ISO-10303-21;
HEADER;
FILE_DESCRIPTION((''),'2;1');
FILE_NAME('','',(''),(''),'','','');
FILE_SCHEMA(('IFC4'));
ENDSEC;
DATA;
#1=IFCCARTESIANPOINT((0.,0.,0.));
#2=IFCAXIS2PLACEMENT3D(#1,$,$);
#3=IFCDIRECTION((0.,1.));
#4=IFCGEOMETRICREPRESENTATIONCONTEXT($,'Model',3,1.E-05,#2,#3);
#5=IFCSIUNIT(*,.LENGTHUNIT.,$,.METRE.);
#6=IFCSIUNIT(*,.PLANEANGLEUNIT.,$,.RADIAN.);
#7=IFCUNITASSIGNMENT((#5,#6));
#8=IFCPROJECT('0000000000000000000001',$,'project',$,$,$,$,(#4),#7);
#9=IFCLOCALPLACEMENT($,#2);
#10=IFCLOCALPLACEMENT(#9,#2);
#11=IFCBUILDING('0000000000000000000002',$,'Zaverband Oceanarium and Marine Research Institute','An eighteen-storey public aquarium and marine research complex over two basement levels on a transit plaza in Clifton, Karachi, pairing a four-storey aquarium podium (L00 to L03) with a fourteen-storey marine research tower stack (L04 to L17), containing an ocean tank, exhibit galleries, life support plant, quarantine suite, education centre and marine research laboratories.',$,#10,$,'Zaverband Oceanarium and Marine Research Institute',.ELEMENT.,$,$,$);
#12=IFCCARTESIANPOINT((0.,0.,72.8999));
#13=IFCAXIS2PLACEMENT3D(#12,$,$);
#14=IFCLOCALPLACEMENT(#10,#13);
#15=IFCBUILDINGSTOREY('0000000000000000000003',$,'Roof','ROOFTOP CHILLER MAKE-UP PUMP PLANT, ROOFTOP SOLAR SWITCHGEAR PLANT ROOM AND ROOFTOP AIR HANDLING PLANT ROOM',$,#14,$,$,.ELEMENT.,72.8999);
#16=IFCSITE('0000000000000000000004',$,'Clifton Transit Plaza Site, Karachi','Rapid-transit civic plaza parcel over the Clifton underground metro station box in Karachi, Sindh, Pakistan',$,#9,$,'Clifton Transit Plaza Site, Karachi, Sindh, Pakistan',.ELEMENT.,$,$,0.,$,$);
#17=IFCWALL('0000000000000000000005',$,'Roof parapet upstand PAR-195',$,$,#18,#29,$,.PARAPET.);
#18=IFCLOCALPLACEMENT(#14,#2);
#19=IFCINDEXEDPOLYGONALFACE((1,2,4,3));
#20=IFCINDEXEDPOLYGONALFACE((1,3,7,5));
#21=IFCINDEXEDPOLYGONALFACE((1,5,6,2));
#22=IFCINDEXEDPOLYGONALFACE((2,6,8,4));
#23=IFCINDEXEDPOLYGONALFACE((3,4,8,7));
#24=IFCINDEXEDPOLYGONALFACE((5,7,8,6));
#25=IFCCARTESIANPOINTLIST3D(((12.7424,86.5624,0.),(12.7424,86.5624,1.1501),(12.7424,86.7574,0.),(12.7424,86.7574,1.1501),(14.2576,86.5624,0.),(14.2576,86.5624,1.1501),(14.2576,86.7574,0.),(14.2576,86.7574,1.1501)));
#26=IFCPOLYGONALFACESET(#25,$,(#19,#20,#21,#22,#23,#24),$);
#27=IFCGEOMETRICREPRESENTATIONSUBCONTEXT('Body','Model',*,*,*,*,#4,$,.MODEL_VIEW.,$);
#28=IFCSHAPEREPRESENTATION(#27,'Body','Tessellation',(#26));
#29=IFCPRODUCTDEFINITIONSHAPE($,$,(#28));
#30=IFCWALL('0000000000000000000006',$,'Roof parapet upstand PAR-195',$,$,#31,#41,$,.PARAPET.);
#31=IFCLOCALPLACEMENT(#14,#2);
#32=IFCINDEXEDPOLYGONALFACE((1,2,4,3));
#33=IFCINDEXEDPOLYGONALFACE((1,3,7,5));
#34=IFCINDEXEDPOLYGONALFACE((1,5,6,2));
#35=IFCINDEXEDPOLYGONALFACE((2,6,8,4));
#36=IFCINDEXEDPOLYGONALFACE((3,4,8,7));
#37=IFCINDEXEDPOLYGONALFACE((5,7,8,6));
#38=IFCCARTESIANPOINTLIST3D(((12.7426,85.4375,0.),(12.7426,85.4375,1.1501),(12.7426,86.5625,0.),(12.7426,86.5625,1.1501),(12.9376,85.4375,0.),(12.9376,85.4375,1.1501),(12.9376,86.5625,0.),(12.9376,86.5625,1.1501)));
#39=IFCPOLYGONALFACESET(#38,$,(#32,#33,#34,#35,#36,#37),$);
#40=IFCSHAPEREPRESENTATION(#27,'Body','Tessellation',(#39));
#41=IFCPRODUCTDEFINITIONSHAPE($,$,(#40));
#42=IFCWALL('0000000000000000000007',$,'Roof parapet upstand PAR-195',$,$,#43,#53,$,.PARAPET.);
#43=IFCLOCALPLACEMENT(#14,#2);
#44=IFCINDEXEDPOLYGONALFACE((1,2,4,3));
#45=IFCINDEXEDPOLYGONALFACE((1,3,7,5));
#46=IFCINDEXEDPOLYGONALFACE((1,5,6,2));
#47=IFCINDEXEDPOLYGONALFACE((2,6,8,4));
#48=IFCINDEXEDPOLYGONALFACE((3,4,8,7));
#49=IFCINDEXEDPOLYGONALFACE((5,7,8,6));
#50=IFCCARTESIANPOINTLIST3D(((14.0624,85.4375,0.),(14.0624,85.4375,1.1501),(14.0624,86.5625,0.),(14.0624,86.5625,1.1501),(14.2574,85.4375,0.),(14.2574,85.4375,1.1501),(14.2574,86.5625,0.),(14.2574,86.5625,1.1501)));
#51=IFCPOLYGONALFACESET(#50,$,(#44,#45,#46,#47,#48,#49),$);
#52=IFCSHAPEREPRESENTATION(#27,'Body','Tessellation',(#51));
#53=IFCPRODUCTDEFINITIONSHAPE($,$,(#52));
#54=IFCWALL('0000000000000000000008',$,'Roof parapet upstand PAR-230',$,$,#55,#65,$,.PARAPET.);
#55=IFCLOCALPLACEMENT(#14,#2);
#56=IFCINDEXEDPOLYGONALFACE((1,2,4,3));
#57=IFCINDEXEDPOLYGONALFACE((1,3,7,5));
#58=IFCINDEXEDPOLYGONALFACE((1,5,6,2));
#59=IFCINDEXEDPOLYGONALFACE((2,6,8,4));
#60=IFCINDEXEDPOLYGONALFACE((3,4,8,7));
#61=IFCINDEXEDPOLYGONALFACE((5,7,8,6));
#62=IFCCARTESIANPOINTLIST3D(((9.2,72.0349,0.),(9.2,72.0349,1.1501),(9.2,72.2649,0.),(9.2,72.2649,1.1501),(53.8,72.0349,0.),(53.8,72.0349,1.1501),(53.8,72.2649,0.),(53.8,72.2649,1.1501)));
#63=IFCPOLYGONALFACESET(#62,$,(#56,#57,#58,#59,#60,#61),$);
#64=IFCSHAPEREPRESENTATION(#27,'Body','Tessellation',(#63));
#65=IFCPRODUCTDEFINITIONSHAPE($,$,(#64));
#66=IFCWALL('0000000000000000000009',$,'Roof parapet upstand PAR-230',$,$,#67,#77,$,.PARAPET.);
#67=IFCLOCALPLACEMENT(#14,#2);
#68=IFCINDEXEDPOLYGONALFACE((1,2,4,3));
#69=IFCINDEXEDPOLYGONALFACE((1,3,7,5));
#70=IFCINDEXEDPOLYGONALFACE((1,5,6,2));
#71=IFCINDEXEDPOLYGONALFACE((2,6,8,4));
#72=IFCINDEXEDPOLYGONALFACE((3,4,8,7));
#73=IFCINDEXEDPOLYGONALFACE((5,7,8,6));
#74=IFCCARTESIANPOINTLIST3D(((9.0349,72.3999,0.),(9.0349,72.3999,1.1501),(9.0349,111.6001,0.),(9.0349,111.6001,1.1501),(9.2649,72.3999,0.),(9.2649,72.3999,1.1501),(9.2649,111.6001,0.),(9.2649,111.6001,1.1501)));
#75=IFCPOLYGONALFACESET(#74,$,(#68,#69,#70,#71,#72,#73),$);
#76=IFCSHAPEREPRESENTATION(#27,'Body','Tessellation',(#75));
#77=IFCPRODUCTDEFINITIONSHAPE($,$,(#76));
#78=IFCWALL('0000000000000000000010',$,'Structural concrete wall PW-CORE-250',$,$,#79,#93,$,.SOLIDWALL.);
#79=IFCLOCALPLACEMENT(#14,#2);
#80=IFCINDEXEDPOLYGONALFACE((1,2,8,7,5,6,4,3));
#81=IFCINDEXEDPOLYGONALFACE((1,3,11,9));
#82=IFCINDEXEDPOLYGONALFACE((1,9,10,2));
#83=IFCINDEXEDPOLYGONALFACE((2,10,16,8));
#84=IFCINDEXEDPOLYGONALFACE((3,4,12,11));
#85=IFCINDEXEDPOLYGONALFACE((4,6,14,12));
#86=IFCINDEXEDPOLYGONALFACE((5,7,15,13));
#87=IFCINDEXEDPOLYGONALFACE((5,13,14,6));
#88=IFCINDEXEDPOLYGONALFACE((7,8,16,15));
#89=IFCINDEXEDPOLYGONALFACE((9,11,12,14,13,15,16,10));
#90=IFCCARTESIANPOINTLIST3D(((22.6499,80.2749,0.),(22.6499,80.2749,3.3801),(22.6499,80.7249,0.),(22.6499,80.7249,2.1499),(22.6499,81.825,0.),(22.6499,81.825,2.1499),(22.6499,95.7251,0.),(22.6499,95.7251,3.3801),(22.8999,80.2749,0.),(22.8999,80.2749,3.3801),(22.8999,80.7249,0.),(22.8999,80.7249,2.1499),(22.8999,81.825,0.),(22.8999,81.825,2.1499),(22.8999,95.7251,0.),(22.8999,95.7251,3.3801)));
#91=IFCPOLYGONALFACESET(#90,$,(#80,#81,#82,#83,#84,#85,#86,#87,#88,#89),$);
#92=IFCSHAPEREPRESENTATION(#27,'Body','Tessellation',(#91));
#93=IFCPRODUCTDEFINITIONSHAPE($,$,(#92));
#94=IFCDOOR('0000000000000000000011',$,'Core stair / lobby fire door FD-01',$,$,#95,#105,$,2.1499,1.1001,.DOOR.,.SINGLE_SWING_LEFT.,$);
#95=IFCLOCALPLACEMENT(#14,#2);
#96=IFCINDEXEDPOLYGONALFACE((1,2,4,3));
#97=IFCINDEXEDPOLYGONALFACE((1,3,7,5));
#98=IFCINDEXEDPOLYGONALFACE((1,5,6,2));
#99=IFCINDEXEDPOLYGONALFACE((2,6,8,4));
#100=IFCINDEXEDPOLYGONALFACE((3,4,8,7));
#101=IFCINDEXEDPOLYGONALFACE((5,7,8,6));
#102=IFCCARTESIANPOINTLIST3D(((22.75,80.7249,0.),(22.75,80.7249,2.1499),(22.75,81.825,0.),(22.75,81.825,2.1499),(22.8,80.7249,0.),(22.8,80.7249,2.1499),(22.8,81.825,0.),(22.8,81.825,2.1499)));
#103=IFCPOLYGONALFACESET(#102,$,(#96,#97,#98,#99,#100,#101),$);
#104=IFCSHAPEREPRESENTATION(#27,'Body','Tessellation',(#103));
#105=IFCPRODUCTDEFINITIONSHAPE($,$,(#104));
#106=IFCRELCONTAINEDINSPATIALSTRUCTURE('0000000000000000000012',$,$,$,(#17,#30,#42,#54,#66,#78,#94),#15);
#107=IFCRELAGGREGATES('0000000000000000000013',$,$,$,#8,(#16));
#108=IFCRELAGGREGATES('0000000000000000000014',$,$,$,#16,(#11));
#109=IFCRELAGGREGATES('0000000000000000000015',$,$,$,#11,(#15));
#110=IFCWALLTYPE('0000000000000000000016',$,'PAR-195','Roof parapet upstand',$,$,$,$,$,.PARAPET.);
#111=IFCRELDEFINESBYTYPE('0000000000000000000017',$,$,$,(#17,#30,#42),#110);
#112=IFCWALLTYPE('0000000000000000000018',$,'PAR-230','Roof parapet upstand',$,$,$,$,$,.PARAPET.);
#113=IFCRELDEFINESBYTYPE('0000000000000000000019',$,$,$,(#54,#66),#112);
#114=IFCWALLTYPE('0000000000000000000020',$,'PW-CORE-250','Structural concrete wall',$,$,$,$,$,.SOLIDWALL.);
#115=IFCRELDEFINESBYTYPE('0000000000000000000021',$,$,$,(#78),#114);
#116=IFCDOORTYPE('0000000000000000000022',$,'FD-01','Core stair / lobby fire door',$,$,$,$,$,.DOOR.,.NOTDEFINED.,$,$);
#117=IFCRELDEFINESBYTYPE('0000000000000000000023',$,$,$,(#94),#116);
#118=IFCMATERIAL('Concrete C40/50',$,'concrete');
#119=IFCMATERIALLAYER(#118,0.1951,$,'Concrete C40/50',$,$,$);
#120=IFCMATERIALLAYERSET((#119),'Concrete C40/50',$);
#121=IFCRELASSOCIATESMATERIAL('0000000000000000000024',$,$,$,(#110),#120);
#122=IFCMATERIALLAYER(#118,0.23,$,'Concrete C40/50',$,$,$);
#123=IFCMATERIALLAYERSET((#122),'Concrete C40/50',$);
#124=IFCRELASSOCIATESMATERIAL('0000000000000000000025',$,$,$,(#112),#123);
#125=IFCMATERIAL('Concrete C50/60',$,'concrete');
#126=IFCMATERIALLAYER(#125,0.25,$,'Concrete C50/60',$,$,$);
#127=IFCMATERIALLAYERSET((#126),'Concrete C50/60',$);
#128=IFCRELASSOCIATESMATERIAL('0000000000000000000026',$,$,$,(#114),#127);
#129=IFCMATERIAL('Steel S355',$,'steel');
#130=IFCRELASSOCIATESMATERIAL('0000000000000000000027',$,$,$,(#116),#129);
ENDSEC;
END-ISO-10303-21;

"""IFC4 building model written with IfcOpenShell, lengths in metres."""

from ifc_helpers import new_model, si_unit, direction, frame, frame_2d, origin, place, context, subcontext, project, spatial, rectangle, extrude, material, layer, layer_set, type_object, element, fill, save


model = new_model("IFC4")

# Units and contexts
model_context = context("Model", 3, precision=1e-05, world=origin(), true_north=direction((0.0, 1.0)))
body_context = subcontext(model_context, "Body", "Model", "MODEL_VIEW")
ifc_project = project(units=[si_unit("LENGTHUNIT", "METRE"), si_unit("PLANEANGLEUNIT", "RADIAN")], contexts=[model_context])

# Site, building, storey
site_placement = place(None, origin())
site = spatial("IfcSite", under=ifc_project, at=site_placement, Name="Clifton Transit Plaza Site, Karachi", Description="Rapid-transit civic plaza parcel over the Clifton underground metro station box in Karachi, Sindh, Pakistan", LongName="Clifton Transit Plaza Site, Karachi, Sindh, Pakistan", CompositionType="ELEMENT", RefElevation=0.0)
building_placement = place(site_placement, origin())
building = spatial("IfcBuilding", under=site, at=building_placement, Name="Zaverband Oceanarium and Marine Research Institute", Description="An eighteen-storey public aquarium and marine research complex over two basement levels on a transit plaza in Clifton, Karachi, pairing a four-storey aquarium podium (L00 to L03) with a fourteen-storey marine research tower stack (L04 to L17), containing an ocean tank, exhibit galleries, life support plant, quarantine suite, education centre and marine research laboratories.", LongName="Zaverband Oceanarium and Marine Research Institute", CompositionType="ELEMENT")
storey_placement = place(building_placement, frame((0.0, 0.0, 72.8999)))
storey = spatial("IfcBuildingStorey", under=building, at=storey_placement, Name="Roof", Description="ROOFTOP CHILLER MAKE-UP PUMP PLANT, ROOFTOP SOLAR SWITCHGEAR PLANT ROOM AND ROOFTOP AIR HANDLING PLANT ROOM", CompositionType="ELEMENT", Elevation=72.8999)

# Shared definitions
ifc_material_1 = material(Name="Concrete C50/60", Category="concrete")

# Shared definitions
ifc_material_2 = material(Name="Steel S355", Category="steel")

# Shared definitions
ifc_material_3 = material(Name="Concrete C40/50", Category="concrete")

# Walls
ifc_layer_1 = layer(ifc_material_3, 0.1951, Name="Concrete C40/50")
ifc_layer_set_1 = layer_set([ifc_layer_1], Name="Concrete C40/50")
wall_type_1 = type_object("IfcWallType", Name="PAR-195", Description="Roof parapet upstand", PredefinedType="PARAPET", material=ifc_layer_set_1)
for number, where, z_axis, x_axis, name in (
    (1, (12.7424, 86.6599, 0.0), (0.0, 0.0, 1.0), (1.0, 0.0, 0.0), "Roof parapet upstand PAR-195"),
):
    element("IfcWall", number, at=place(storey_placement, frame(where, z_axis=z_axis, x_axis=x_axis)), inside=storey, type_object=wall_type_1, Name=name, PredefinedType="PARAPET", context=body_context, shape_type="SweptSolid", body=[
        extrude(rectangle(XDim=1.5151, YDim=0.1951, at=frame_2d((0.7576, 0.0))), origin(), (0.0, 0.0, 1.0), 1.1501),
    ])
for number, where, z_axis, x_axis, name in (
    (2, (12.8401, 85.4375, 0.0), (0.0, 0.0, 1.0), (0.0, 1.0, 0.0), "Roof parapet upstand PAR-195"),
    (3, (14.1599, 85.4375, 0.0), (0.0, 0.0, 1.0), (0.0, 1.0, 0.0), "Roof parapet upstand PAR-195"),
):
    element("IfcWall", number, at=place(storey_placement, frame(where, z_axis=z_axis, x_axis=x_axis)), inside=storey, type_object=wall_type_1, Name=name, PredefinedType="PARAPET", context=body_context, shape_type="SweptSolid", body=[
        extrude(rectangle(XDim=1.125, YDim=0.1951, at=frame_2d((0.5625, 0.0))), origin(), (0.0, 0.0, 1.0), 1.1501),
    ])
ifc_layer_2 = layer(ifc_material_3, 0.23, Name="Concrete C40/50")
ifc_layer_set_2 = layer_set([ifc_layer_2], Name="Concrete C40/50")
wall_type_2 = type_object("IfcWallType", Name="PAR-230", Description="Roof parapet upstand", PredefinedType="PARAPET", material=ifc_layer_set_2)
wall_1_placement = place(storey_placement, frame((9.2, 72.1499, 0.0), z_axis=(0.0, 0.0, 1.0), x_axis=(1.0, 0.0, 0.0)))
element("IfcWall", 4, at=wall_1_placement, inside=storey, type_object=wall_type_2, Name="Roof parapet upstand PAR-230", PredefinedType="PARAPET", context=body_context, shape_type="SweptSolid", body=[
    extrude(rectangle(XDim=44.6001, YDim=0.23, at=frame_2d((22.3, 0.0))), origin(), (0.0, 0.0, 1.0), 1.1501),
])
wall_2_placement = place(storey_placement, frame((9.1499, 72.3999, 0.0), z_axis=(0.0, 0.0, 1.0), x_axis=(0.0, 1.0, 0.0)))
element("IfcWall", 5, at=wall_2_placement, inside=storey, type_object=wall_type_2, Name="Roof parapet upstand PAR-230", PredefinedType="PARAPET", context=body_context, shape_type="SweptSolid", body=[
    extrude(rectangle(XDim=39.2002, YDim=0.23, at=frame_2d((19.6001, 0.0))), origin(), (0.0, 0.0, 1.0), 1.1501),
])

# Wall, opening, door
ifc_layer_3 = layer(ifc_material_1, 0.25, Name="Concrete C50/60")
ifc_layer_set_3 = layer_set([ifc_layer_3], Name="Concrete C50/60")
wall_type_3 = type_object("IfcWallType", Name="PW-CORE-250", Description="Structural concrete wall", PredefinedType="SOLIDWALL", material=ifc_layer_set_3)
wall_3_placement = place(storey_placement, frame((22.7749, 80.2749, 0.0), z_axis=(0.0, 0.0, 1.0), x_axis=(0.0, 1.0, 0.0)))
wall_3 = element("IfcWall", 6, at=wall_3_placement, inside=storey, type_object=wall_type_3, Name="Structural concrete wall PW-CORE-250", PredefinedType="SOLIDWALL", context=body_context, shape_type="SweptSolid", body=[
    extrude(rectangle(XDim=15.4502, YDim=0.25, at=frame_2d((7.7251, 0.0))), origin(), (0.0, 0.0, 1.0), 3.3801),
])
opening_1_placement = place(wall_3_placement, frame((0.45, 0.0, 0.0)))
opening_1 = element("IfcOpeningElement", 7, at=opening_1_placement, cuts=wall_3, PredefinedType="OPENING", context=body_context, shape_type="SweptSolid", body=[
    extrude(rectangle(XDim=1.1001, YDim=2.1499, at=frame_2d((0.55, 1.075))), frame((0.0, 0.137, 0.0), z_axis=(0.0, -1.0, 0.0), x_axis=(1.0, 0.0, 0.0)), (0.0, 0.0, 1.0), 0.2739),
])
door_type_1 = type_object("IfcDoorType", Name="FD-01", Description="Core stair / lobby fire door", OperationType="NOTDEFINED", PredefinedType="DOOR", material=ifc_material_2)
door_1_placement = place(opening_1_placement, origin())
door_1 = element("IfcDoor", 8, at=door_1_placement, inside=storey, type_object=door_type_1, Name="Core stair / lobby fire door FD-01", OperationType="SINGLE_SWING_LEFT", OverallHeight=2.1499, OverallWidth=1.1001, PredefinedType="DOOR", context=body_context, shape_type="SweptSolid", body=[
    extrude(rectangle(XDim=1.1001, YDim=2.1499, at=frame_2d((0.55, 1.075))), frame((0.0, 0.0249, 0.0), z_axis=(0.0, -1.0, 0.0), x_axis=(1.0, 0.0, 0.0)), (0.0, 0.0, 1.0), 0.05),
])
fill(opening_1, door_1)

save(model, "model.ifc")
